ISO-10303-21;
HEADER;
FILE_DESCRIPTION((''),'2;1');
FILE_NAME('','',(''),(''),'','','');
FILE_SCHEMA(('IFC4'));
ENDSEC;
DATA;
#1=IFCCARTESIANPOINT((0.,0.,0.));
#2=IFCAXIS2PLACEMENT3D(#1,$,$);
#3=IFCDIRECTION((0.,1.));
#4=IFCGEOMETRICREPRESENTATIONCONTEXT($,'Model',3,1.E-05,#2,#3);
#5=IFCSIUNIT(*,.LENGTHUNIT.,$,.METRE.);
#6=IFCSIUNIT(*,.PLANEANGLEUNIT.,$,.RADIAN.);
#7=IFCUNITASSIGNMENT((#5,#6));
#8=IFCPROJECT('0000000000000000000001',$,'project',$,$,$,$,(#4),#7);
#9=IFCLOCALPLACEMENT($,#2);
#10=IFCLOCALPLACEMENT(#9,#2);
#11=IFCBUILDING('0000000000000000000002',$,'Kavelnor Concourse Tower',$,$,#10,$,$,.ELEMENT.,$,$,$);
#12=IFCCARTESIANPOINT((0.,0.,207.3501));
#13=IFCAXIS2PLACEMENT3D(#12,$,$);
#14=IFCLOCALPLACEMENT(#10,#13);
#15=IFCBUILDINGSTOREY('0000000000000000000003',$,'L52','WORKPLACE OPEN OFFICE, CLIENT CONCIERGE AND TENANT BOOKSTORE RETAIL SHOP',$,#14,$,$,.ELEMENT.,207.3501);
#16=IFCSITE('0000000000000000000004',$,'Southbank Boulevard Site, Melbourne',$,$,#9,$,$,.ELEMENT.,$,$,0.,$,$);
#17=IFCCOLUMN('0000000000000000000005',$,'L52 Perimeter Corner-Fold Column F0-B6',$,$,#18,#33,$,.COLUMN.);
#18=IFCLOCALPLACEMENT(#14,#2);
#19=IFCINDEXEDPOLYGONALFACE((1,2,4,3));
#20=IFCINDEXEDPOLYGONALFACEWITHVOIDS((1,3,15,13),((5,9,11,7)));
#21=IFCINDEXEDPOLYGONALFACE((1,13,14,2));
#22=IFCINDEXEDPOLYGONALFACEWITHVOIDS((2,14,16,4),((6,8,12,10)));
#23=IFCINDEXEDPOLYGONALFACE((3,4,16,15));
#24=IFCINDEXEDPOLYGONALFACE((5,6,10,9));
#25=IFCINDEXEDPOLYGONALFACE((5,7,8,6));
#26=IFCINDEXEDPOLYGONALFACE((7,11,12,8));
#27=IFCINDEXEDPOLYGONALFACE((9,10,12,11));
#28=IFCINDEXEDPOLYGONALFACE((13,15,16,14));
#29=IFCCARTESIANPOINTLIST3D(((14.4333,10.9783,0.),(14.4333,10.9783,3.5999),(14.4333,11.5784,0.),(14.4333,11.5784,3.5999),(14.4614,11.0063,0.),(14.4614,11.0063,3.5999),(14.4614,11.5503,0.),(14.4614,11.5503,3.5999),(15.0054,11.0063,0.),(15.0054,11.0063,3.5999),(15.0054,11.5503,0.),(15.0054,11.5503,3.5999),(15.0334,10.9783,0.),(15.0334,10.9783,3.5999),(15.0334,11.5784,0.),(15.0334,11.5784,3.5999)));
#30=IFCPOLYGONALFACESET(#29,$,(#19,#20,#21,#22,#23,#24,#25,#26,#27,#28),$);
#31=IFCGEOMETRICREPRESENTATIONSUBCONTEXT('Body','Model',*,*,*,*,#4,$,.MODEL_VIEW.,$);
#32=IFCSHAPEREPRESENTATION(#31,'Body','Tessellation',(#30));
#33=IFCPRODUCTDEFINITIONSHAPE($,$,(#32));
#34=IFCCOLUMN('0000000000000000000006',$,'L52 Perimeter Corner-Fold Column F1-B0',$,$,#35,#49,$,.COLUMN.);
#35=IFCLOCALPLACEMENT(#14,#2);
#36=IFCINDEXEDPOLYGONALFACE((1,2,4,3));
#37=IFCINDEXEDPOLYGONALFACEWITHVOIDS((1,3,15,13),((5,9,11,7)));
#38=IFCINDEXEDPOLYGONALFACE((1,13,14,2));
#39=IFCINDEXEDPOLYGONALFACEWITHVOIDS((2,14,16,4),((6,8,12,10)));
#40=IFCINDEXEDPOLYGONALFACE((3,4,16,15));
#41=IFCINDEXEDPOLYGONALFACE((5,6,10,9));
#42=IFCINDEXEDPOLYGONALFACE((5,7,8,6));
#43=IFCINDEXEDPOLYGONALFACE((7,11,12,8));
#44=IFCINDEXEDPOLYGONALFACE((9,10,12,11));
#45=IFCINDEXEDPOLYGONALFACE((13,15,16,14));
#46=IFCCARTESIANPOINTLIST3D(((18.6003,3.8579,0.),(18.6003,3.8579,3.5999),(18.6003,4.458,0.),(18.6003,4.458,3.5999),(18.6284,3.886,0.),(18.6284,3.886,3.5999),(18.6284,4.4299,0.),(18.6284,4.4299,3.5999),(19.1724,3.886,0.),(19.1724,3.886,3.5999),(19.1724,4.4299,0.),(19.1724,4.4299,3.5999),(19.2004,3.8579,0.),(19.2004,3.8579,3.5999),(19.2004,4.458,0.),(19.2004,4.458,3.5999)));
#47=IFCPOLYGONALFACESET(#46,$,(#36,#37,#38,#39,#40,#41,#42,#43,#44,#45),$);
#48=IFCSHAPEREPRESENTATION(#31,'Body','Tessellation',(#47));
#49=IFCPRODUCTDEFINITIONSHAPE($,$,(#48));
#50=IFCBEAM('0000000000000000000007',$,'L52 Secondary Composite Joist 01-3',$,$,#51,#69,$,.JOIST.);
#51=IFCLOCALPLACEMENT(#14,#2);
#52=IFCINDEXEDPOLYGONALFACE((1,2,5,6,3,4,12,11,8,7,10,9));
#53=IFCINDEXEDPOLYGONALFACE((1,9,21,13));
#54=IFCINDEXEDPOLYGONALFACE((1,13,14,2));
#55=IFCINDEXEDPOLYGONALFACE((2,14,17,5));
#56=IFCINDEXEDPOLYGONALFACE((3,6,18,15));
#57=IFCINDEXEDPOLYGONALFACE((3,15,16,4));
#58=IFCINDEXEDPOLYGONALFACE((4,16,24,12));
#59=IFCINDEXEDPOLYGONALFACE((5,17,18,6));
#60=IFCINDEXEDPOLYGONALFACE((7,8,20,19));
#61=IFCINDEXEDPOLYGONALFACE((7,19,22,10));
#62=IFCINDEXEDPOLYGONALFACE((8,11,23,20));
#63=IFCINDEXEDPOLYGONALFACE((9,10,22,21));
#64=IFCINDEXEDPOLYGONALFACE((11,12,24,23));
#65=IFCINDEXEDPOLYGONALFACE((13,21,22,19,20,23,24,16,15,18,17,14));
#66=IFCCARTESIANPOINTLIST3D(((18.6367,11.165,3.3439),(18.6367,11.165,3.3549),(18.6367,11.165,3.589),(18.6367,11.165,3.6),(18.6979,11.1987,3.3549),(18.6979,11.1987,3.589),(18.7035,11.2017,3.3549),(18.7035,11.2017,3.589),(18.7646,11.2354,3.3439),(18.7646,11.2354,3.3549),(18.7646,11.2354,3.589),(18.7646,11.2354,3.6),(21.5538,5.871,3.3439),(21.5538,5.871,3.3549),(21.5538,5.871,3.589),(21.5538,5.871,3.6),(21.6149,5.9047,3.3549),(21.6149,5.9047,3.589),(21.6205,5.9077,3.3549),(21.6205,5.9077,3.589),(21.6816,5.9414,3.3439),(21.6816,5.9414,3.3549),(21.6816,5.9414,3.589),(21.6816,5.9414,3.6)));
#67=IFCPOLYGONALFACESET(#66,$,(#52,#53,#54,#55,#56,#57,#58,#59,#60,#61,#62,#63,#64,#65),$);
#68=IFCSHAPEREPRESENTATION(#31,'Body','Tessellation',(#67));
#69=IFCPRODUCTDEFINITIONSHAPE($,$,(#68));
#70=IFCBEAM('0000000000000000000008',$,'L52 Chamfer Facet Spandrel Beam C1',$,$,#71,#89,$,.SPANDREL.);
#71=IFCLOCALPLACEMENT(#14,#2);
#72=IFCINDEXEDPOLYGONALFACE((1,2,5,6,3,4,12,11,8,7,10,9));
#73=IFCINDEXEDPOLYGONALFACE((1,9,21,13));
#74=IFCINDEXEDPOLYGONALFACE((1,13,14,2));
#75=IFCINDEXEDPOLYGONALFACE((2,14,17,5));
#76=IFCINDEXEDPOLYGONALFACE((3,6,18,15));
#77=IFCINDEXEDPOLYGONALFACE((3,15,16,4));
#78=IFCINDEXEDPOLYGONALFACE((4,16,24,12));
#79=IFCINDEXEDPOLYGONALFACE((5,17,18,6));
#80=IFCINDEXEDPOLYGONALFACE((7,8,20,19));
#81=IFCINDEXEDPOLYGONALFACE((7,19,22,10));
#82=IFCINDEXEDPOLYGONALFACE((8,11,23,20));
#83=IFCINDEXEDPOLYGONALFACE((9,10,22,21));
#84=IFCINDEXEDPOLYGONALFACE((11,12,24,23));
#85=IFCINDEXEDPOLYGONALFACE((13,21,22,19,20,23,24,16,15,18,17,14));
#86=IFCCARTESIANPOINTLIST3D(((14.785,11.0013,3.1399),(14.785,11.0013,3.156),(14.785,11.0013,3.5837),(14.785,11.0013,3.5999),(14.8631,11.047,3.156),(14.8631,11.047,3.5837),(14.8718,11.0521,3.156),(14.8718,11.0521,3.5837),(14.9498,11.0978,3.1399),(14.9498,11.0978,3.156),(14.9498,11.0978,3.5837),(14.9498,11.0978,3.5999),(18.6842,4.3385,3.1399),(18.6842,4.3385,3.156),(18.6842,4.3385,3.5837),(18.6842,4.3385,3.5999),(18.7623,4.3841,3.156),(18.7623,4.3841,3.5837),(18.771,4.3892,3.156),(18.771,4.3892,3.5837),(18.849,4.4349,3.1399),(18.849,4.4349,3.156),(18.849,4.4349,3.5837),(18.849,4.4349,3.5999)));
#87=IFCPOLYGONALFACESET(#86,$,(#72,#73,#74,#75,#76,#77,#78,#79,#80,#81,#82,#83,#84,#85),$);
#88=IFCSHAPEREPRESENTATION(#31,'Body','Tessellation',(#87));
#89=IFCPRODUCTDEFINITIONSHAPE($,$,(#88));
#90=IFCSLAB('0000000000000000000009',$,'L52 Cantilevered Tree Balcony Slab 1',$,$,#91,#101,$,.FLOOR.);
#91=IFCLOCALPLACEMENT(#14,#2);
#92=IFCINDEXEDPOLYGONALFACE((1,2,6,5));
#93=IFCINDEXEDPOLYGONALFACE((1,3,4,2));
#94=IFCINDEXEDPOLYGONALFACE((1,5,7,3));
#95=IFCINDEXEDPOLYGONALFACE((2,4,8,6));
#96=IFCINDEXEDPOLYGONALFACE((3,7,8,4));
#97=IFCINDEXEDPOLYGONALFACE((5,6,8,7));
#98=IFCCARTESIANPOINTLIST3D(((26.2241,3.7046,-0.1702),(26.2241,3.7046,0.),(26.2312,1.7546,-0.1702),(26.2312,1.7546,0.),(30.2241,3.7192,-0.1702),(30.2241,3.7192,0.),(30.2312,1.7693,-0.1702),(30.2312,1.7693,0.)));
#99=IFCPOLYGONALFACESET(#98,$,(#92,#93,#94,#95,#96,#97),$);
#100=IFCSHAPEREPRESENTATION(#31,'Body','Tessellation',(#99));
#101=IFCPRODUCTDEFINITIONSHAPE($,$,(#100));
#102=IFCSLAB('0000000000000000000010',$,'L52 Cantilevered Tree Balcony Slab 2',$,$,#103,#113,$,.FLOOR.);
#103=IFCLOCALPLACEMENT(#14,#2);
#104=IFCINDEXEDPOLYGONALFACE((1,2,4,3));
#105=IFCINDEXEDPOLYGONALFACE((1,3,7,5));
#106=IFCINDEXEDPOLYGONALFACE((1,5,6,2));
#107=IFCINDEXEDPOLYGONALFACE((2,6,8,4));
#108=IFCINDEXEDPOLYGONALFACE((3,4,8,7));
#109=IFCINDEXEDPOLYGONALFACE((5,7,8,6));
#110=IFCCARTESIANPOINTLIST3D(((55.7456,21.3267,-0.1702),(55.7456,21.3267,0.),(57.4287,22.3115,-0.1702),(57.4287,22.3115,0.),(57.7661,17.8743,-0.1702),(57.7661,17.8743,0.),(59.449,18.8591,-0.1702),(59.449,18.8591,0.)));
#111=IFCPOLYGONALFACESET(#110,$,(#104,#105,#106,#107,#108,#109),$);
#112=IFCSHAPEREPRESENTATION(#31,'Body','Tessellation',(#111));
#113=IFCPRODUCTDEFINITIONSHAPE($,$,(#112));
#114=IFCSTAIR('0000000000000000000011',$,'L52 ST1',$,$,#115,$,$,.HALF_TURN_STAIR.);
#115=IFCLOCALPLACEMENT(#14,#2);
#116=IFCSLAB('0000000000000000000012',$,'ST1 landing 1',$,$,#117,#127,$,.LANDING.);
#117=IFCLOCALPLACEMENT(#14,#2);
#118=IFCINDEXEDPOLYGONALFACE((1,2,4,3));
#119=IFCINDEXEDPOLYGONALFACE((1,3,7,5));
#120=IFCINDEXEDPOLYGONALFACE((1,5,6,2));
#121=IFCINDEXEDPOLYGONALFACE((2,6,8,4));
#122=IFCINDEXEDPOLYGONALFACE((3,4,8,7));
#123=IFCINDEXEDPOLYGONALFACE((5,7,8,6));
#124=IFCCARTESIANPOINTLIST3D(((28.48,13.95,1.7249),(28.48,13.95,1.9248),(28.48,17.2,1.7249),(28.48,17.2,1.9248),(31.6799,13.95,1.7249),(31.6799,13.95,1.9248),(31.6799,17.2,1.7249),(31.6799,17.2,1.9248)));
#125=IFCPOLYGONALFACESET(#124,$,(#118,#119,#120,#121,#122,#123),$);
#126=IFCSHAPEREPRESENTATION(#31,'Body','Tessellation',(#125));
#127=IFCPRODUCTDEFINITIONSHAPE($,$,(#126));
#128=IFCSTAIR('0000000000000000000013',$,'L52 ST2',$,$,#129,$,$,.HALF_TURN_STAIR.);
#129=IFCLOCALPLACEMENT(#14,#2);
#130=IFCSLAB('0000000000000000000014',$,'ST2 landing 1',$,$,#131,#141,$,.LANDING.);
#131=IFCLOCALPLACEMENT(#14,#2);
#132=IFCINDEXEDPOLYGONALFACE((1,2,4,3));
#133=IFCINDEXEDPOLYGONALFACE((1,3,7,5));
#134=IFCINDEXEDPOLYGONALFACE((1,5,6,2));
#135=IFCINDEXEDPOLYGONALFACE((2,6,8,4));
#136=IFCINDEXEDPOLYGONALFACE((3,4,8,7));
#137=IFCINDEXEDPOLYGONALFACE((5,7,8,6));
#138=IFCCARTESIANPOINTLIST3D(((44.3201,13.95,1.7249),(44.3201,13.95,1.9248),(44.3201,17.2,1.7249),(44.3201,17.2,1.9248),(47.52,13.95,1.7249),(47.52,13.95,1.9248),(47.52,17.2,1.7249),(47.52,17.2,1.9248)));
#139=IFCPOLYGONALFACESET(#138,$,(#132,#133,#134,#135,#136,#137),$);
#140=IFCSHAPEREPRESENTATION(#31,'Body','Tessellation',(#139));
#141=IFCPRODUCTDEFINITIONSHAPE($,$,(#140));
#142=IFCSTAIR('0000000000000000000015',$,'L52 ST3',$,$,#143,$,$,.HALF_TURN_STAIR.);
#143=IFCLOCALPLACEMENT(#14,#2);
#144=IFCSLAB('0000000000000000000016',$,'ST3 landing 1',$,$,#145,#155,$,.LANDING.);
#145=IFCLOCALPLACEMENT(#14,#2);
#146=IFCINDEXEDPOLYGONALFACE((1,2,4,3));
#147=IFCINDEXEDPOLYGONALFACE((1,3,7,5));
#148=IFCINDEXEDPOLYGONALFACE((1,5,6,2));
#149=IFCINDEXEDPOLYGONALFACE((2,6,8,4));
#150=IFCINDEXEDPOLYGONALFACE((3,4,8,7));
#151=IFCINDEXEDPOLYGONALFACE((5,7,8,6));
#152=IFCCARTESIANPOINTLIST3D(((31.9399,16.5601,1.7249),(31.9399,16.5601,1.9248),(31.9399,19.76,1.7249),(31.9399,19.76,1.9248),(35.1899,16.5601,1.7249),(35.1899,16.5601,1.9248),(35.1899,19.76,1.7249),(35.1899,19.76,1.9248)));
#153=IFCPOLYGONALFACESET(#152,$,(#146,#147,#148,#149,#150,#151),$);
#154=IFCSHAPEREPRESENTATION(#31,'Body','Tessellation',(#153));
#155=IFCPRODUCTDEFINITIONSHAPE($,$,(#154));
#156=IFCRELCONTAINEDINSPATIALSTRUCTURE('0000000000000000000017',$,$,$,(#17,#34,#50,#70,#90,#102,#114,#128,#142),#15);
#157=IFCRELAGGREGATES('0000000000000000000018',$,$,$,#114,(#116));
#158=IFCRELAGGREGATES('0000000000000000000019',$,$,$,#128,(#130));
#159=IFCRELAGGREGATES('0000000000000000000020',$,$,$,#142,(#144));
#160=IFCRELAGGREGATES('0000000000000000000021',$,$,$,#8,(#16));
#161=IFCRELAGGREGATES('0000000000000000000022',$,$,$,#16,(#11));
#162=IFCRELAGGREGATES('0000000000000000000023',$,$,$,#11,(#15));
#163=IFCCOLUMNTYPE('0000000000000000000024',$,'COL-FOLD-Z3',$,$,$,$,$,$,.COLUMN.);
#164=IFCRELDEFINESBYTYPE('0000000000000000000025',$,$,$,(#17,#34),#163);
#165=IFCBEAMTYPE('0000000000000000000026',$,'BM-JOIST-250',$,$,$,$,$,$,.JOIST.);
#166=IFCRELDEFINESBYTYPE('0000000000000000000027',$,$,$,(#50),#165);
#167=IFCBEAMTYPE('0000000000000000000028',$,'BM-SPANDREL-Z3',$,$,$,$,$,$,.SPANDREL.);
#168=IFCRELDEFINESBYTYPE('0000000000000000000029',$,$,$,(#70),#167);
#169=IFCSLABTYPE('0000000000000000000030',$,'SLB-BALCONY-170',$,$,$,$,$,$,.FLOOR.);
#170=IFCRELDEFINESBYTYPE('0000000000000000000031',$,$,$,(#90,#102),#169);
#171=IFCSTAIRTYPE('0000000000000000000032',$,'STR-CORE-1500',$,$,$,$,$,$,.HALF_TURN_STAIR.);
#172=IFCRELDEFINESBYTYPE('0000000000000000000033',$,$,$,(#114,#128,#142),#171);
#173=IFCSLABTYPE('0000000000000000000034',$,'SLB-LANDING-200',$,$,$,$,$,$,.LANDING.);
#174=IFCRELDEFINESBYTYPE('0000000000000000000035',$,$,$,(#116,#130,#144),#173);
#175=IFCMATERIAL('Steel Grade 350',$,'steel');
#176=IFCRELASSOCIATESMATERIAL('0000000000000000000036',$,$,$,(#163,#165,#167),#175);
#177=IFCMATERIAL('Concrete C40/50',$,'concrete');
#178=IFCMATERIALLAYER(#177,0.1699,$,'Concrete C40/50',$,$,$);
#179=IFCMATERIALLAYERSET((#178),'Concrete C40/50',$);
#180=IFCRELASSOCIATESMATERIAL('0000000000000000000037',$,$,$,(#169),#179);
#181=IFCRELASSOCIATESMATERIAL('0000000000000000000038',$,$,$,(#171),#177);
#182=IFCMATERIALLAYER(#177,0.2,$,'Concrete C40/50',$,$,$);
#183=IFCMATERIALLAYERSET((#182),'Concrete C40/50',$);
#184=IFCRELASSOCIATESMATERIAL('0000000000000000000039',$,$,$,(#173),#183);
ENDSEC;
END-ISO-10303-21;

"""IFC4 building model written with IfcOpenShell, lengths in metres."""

from ifc_helpers import new_model, si_unit, direction, frame, origin, origin_2d, place, context, subcontext, project, spatial, polyline, hollow_rectangle, i_section, outline, extrude, material, layer, layer_set, material_profile, profile_set, type_object, element, aggregate, save


model = new_model("IFC4")

# Units and contexts
model_context = context("Model", 3, precision=1e-05, world=origin(), true_north=direction((0.0, 1.0)))
body_context = subcontext(model_context, "Body", "Model", "MODEL_VIEW")
ifc_project = project(units=[si_unit("LENGTHUNIT", "METRE"), si_unit("PLANEANGLEUNIT", "RADIAN")], contexts=[model_context])

# Site, building, storey
site_placement = place(None, origin())
site = spatial("IfcSite", under=ifc_project, at=site_placement, Name="Southbank Boulevard Site, Melbourne", CompositionType="ELEMENT", RefElevation=0.0)
building_placement = place(site_placement, origin())
building = spatial("IfcBuilding", under=site, at=building_placement, Name="Kavelnor Concourse Tower", CompositionType="ELEMENT")
storey_placement = place(building_placement, frame((0.0, 0.0, 207.3501)))
storey = spatial("IfcBuildingStorey", under=building, at=storey_placement, Name="L52", Description="WORKPLACE OPEN OFFICE, CLIENT CONCIERGE AND TENANT BOOKSTORE RETAIL SHOP", CompositionType="ELEMENT", Elevation=207.3501)

# Columns
ifc_material_1 = material(Name="Steel Grade 350", Category="steel")
ifc_material_profile_1 = material_profile(ifc_material_1, hollow_rectangle(XDim=0.6001, YDim=0.6001, WallThickness=0.0281, at=origin_2d()), Name="SHS 600x600x28")
ifc_profile_set_1 = profile_set([ifc_material_profile_1], Name="Steel Grade 350")
column_type = type_object("IfcColumnType", Name="COL-FOLD-Z3", PredefinedType="COLUMN", material=ifc_profile_set_1)
for number, where, z_axis, x_axis, name in (
    (1, (14.7334, 11.2783, 0.0), (0.0, 0.0, 1.0), (1.0, 0.0, 0.0), "L52 Perimeter Corner-Fold Column F0-B6"),
    (2, (18.9004, 4.158, 0.0), (0.0, 0.0, 1.0), (1.0, 0.0, 0.0), "L52 Perimeter Corner-Fold Column F1-B0"),
):
    element("IfcColumn", number, at=place(storey_placement, frame(where, z_axis=z_axis, x_axis=x_axis)), inside=storey, type_object=column_type, Name=name, PredefinedType="COLUMN", context=body_context, shape_type="SweptSolid", body=[
        extrude(hollow_rectangle(XDim=0.6001, YDim=0.6001, WallThickness=0.0281, at=origin_2d()), origin(), (0.0, 0.0, 1.0), 3.5999),
    ])

# Beams
ifc_material_profile_2 = material_profile(ifc_material_1, i_section(OverallWidth=0.146, OverallDepth=0.2561, WebThickness=0.0063, FlangeThickness=0.011, at=origin_2d()), Name="250UB37")
ifc_profile_set_2 = profile_set([ifc_material_profile_2], Name="Steel Grade 350")
beam_type_1 = type_object("IfcBeamType", Name="BM-JOIST-250", PredefinedType="JOIST", material=ifc_profile_set_2)
beam_1_placement = place(storey_placement, frame((18.7007, 11.2002, 3.4719), z_axis=(0.482595, -0.875844, 0.0), x_axis=(0.875844, 0.482595, 0.0)))
element("IfcBeam", 3, at=beam_1_placement, inside=storey, type_object=beam_type_1, Name="L52 Secondary Composite Joist 01-3", PredefinedType="JOIST", context=body_context, shape_type="SweptSolid", body=[
    extrude(i_section(OverallWidth=0.146, OverallDepth=0.2561, WebThickness=0.0063, FlangeThickness=0.011, at=origin_2d()), origin(), (0.0, 0.0, 1.0), 6.0444),
])
ifc_material_profile_3 = material_profile(ifc_material_1, i_section(OverallWidth=0.1909, OverallDepth=0.46, WebThickness=0.01, FlangeThickness=0.0161, at=origin_2d()), Name="460UB82")
ifc_profile_set_3 = profile_set([ifc_material_profile_3], Name="Steel Grade 350")
beam_type_2 = type_object("IfcBeamType", Name="BM-SPANDREL-Z3", PredefinedType="SPANDREL", material=ifc_profile_set_3)
beam_2_placement = place(storey_placement, frame((14.8674, 11.0496, 3.3699), z_axis=(0.50508, -0.863073, 0.0), x_axis=(0.863073, 0.50508, 0.0)))
element("IfcBeam", 4, at=beam_2_placement, inside=storey, type_object=beam_type_2, Name="L52 Chamfer Facet Spandrel Beam C1", PredefinedType="SPANDREL", context=body_context, shape_type="SweptSolid", body=[
    extrude(i_section(OverallWidth=0.1909, OverallDepth=0.46, WebThickness=0.01, FlangeThickness=0.0161, at=origin_2d()), origin(), (0.0, 0.0, 1.0), 7.72),
])

# Slabs
ifc_material_2 = material(Name="Concrete C40/50", Category="concrete")
ifc_layer_1 = layer(ifc_material_2, 0.1699, Name="Concrete C40/50")
ifc_layer_set_1 = layer_set([ifc_layer_1], Name="Concrete C40/50")
slab_type_1 = type_object("IfcSlabType", Name="SLB-BALCONY-170", PredefinedType="FLOOR", material=ifc_layer_set_1)
slab_1_placement = place(storey_placement, frame((0.0, 0.0, -0.1702)))
element("IfcSlab", 5, at=slab_1_placement, inside=storey, type_object=slab_type_1, Name="L52 Cantilevered Tree Balcony Slab 1", PredefinedType="FLOOR", context=body_context, shape_type="SweptSolid", body=[
    extrude(outline(polyline([(30.2312, 1.7693), (26.2312, 1.7546), (26.2241, 3.7046), (30.2241, 3.7192), (30.2312, 1.7693)])), origin(), (0.0, 0.0, 1.0), 0.1702),
])
slab_2_placement = place(storey_placement, frame((0.0, 0.0, -0.1702)))
element("IfcSlab", 6, at=slab_2_placement, inside=storey, type_object=slab_type_1, Name="L52 Cantilevered Tree Balcony Slab 2", PredefinedType="FLOOR", context=body_context, shape_type="SweptSolid", body=[
    extrude(outline(polyline([(57.4287, 22.3115), (59.449, 18.8591), (57.7661, 17.8743), (55.7456, 21.3267), (57.4287, 22.3115)])), origin(), (0.0, 0.0, 1.0), 0.1702),
])

# Stairs, slabs
stair_type = type_object("IfcStairType", Name="STR-CORE-1500", PredefinedType="HALF_TURN_STAIR", material=ifc_material_2)
stair_1_placement = place(storey_placement, origin())
stair_1 = element("IfcStair", 7, at=stair_1_placement, inside=storey, type_object=stair_type, Name="L52 ST1", PredefinedType="HALF_TURN_STAIR")
ifc_layer_2 = layer(ifc_material_2, 0.2, Name="Concrete C40/50")
ifc_layer_set_2 = layer_set([ifc_layer_2], Name="Concrete C40/50")
slab_type_2 = type_object("IfcSlabType", Name="SLB-LANDING-200", PredefinedType="LANDING", material=ifc_layer_set_2)
slab_3_placement = place(storey_placement, frame((0.0, 0.0, 1.7249)))
slab_3 = element("IfcSlab", 8, at=slab_3_placement, type_object=slab_type_2, Name="ST1 landing 1", PredefinedType="LANDING", context=body_context, shape_type="SweptSolid", body=[
    extrude(outline(polyline([(31.6799, 13.95), (31.6799, 17.2), (28.48, 17.2), (28.48, 13.95), (31.6799, 13.95)])), origin(), (0.0, 0.0, 1.0), 0.2),
])
aggregate(stair_1, [slab_3])
stair_2_placement = place(storey_placement, origin())
stair_2 = element("IfcStair", 9, at=stair_2_placement, inside=storey, type_object=stair_type, Name="L52 ST2", PredefinedType="HALF_TURN_STAIR")
slab_4_placement = place(storey_placement, frame((0.0, 0.0, 1.7249)))
slab_4 = element("IfcSlab", 10, at=slab_4_placement, type_object=slab_type_2, Name="ST2 landing 1", PredefinedType="LANDING", context=body_context, shape_type="SweptSolid", body=[
    extrude(outline(polyline([(47.52, 13.95), (47.52, 17.2), (44.3201, 17.2), (44.3201, 13.95), (47.52, 13.95)])), origin(), (0.0, 0.0, 1.0), 0.2),
])
aggregate(stair_2, [slab_4])
stair_3_placement = place(storey_placement, origin())
stair_3 = element("IfcStair", 11, at=stair_3_placement, inside=storey, type_object=stair_type, Name="L52 ST3", PredefinedType="HALF_TURN_STAIR")
slab_5_placement = place(storey_placement, frame((0.0, 0.0, 1.7249)))
slab_5 = element("IfcSlab", 12, at=slab_5_placement, type_object=slab_type_2, Name="ST3 landing 1", PredefinedType="LANDING", context=body_context, shape_type="SweptSolid", body=[
    extrude(outline(polyline([(35.1899, 19.76), (31.9399, 19.76), (31.9399, 16.5601), (35.1899, 16.5601), (35.1899, 19.76)])), origin(), (0.0, 0.0, 1.0), 0.2),
])
aggregate(stair_3, [slab_5])

save(model, "model.ifc")
